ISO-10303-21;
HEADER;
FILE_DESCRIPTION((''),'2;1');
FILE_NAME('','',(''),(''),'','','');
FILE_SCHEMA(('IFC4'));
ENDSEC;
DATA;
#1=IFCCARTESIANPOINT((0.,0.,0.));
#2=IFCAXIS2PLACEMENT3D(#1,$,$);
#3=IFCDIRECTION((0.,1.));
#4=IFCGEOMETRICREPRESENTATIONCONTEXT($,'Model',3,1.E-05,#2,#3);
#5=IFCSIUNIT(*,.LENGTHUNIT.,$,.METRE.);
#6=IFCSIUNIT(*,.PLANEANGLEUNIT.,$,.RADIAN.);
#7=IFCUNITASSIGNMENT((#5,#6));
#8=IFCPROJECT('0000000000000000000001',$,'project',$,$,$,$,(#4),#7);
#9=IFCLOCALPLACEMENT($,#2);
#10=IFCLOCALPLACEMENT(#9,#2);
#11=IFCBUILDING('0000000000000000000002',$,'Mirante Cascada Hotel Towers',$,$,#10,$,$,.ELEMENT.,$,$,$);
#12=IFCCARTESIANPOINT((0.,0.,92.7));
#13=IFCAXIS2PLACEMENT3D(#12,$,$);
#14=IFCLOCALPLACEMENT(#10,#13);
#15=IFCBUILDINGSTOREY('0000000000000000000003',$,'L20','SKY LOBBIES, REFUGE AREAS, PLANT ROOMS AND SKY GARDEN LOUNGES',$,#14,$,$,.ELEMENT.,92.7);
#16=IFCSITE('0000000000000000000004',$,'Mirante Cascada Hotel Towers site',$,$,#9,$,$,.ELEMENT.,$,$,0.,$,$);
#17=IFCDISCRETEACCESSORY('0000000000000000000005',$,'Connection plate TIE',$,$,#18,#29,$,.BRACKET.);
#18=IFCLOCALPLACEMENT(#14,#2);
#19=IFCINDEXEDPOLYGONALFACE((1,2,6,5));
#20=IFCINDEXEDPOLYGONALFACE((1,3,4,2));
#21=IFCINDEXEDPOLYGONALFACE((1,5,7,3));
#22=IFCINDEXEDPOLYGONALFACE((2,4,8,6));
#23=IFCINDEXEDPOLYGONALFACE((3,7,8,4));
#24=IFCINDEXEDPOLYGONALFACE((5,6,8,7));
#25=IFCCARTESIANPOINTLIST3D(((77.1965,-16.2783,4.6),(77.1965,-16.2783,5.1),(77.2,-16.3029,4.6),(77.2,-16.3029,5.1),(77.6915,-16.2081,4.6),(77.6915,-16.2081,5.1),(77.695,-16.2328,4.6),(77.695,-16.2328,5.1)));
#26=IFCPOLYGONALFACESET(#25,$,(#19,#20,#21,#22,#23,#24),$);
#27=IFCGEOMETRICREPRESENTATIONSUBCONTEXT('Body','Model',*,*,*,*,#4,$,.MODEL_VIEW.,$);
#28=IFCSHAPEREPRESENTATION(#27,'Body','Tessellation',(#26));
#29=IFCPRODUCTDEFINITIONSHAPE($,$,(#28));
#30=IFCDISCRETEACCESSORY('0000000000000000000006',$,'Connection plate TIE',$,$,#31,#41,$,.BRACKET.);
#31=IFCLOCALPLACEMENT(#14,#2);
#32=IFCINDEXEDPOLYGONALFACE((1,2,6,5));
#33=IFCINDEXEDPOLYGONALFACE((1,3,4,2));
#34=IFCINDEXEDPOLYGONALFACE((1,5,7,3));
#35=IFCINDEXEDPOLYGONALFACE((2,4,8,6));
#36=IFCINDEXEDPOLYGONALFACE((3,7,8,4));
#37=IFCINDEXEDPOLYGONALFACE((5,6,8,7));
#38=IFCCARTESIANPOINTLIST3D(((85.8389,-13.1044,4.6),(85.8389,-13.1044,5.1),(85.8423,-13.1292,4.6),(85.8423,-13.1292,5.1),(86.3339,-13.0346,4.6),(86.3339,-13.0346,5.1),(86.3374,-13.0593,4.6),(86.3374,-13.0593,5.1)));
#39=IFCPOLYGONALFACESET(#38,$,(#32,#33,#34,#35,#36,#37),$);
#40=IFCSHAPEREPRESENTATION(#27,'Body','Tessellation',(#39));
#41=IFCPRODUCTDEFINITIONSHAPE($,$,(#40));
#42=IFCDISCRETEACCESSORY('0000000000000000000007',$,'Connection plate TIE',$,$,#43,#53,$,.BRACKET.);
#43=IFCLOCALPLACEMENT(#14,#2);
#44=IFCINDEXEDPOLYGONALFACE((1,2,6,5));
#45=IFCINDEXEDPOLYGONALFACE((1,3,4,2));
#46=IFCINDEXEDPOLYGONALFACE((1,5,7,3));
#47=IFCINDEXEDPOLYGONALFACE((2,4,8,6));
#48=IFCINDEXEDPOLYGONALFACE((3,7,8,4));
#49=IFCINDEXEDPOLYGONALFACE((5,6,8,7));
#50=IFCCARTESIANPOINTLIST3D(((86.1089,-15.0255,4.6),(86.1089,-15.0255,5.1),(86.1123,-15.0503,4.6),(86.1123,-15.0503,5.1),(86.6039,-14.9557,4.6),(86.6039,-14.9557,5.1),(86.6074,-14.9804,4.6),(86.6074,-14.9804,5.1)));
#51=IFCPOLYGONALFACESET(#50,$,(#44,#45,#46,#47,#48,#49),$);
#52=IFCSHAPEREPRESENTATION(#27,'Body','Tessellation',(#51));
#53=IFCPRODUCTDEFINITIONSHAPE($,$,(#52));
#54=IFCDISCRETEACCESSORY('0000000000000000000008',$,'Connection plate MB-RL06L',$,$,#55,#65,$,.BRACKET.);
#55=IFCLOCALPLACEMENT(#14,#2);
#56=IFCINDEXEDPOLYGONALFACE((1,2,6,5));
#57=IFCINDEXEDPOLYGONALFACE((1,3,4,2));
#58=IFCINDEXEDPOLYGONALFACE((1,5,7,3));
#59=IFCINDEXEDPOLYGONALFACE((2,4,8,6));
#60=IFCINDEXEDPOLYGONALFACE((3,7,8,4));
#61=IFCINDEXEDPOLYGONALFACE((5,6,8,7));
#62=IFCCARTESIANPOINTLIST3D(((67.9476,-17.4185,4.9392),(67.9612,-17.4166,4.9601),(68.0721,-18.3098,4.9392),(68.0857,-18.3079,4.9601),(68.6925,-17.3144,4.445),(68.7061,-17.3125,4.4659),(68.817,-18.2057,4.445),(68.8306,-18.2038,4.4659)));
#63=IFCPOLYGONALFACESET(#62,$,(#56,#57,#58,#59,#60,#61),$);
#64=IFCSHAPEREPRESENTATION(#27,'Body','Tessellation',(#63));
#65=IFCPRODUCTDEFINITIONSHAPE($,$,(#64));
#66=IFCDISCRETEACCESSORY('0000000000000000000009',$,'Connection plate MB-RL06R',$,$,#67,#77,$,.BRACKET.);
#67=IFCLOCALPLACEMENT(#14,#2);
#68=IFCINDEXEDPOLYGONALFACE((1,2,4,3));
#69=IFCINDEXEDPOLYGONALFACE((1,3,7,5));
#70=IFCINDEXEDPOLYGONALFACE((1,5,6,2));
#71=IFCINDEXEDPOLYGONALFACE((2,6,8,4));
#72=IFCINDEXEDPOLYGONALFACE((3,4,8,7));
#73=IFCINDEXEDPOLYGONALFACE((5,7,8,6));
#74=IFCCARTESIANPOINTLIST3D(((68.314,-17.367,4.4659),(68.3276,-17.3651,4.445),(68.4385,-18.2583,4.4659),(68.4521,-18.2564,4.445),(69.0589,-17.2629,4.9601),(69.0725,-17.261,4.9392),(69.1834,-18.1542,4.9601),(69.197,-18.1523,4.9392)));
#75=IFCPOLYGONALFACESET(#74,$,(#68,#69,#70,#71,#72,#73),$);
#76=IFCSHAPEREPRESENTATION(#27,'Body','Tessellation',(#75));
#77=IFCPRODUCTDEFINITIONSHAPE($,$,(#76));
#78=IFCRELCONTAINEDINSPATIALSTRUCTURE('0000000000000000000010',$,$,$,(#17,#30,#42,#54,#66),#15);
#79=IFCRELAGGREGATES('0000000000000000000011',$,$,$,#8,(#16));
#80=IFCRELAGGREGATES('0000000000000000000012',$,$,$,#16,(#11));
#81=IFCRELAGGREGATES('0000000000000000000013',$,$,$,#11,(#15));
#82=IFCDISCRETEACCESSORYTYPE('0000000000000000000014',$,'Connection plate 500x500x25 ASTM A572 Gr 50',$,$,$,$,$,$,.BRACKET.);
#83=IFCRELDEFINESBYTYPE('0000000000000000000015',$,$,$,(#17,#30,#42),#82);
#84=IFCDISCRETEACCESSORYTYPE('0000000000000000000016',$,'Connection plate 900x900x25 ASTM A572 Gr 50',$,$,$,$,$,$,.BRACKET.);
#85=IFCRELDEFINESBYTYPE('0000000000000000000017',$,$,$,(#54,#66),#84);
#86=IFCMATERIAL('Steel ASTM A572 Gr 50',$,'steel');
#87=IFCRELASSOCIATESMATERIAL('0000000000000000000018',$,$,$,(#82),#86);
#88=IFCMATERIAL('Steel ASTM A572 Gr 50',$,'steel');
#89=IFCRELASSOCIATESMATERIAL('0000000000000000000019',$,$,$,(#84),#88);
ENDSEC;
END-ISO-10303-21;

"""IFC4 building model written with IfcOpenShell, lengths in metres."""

from ifc_helpers import new_model, si_unit, direction, frame, origin, origin_2d, place, context, subcontext, project, spatial, rectangle, extrude, material, material_profile, profile_set, type_object, element, save


model = new_model("IFC4")

# Units and contexts
model_context = context("Model", 3, precision=1e-05, world=origin(), true_north=direction((0.0, 1.0)))
body_context = subcontext(model_context, "Body", "Model", "MODEL_VIEW")
ifc_project = project(units=[si_unit("LENGTHUNIT", "METRE"), si_unit("PLANEANGLEUNIT", "RADIAN")], contexts=[model_context])

# Site, building, storey
site_placement = place(None, origin())
site = spatial("IfcSite", under=ifc_project, at=site_placement, Name="Mirante Cascada Hotel Towers site", CompositionType="ELEMENT", RefElevation=0.0)
building_placement = place(site_placement, origin())
building = spatial("IfcBuilding", under=site, at=building_placement, Name="Mirante Cascada Hotel Towers", CompositionType="ELEMENT")
storey_placement = place(building_placement, frame((0.0, 0.0, 92.7)))
storey = spatial("IfcBuildingStorey", under=building, at=storey_placement, Name="L20", Description="SKY LOBBIES, REFUGE AREAS, PLANT ROOMS AND SKY GARDEN LOUNGES", CompositionType="ELEMENT", Elevation=92.7)

# Discrete accessories
ifc_material_1 = material(Name="Steel ASTM A572 Gr 50", Category="steel")
ifc_material_profile_1 = material_profile(ifc_material_1, rectangle(XDim=0.5, YDim=0.5, at=origin_2d()), Name="Connection plate 500x500x25 ASTM A572 Gr 50")
ifc_profile_set_1 = profile_set([ifc_material_profile_1], Name="Steel ASTM A572 Gr 50")
discrete_accessory_type_1 = type_object("IfcDiscreteAccessoryType", Name="Connection plate 500x500x25 ASTM A572 Gr 50", PredefinedType="BRACKET", material=ifc_profile_set_1)
for number, where, z_axis, x_axis, name in (
    (1, (77.444, -16.2432, 4.85), (0.140299, -0.990109, 0.0), (0.990109, 0.140299, 0.0), "Connection plate TIE"),
):
    element("IfcDiscreteAccessory", number, at=place(storey_placement, frame(where, z_axis=z_axis, x_axis=x_axis)), inside=storey, type_object=discrete_accessory_type_1, Name=name, PredefinedType="BRACKET", context=body_context, shape_type="SweptSolid", body=[
        extrude(rectangle(XDim=0.5, YDim=0.5, at=origin_2d()), origin(), (0.0, 0.0, 1.0), 0.0249),
    ])
for number, where, z_axis, x_axis, name in (
    (2, (86.0864, -13.0695, 4.85), (0.139744, -0.990188, 0.0), (0.990188, 0.139744, 0.0), "Connection plate TIE"),
    (3, (86.3564, -14.9906, 4.85), (0.139744, -0.990188, 0.0), (0.990188, 0.139744, 0.0), "Connection plate TIE"),
):
    element("IfcDiscreteAccessory", number, at=place(storey_placement, frame(where, z_axis=z_axis, x_axis=x_axis)), inside=storey, type_object=discrete_accessory_type_1, Name=name, PredefinedType="BRACKET", context=body_context, shape_type="SweptSolid", body=[
        extrude(rectangle(XDim=0.5, YDim=0.5, at=origin_2d()), origin(), (0.0, 0.0, 1.0), 0.025),
    ])
ifc_material_2 = material(Name="Steel ASTM A572 Gr 50", Category="steel")
ifc_material_profile_2 = material_profile(ifc_material_2, rectangle(XDim=0.9, YDim=0.9, at=origin_2d()), Name="Connection plate 900x900x25 ASTM A572 Gr 50")
ifc_profile_set_2 = profile_set([ifc_material_profile_2], Name="Steel ASTM A572 Gr 50")
discrete_accessory_type_2 = type_object("IfcDiscreteAccessoryType", Name="Connection plate 900x900x25 ASTM A572 Gr 50", PredefinedType="BRACKET", material=ifc_profile_set_2)
for number, where, z_axis, x_axis, name in (
    (4, (68.3823, -17.8121, 4.6921), (0.543835, 0.075977, 0.835746), (-0.138362, 0.990382, 0.0), "Connection plate MB-RL06L"),
    (5, (68.7623, -17.7587, 4.6921), (-0.543835, -0.075977, 0.835746), (0.138362, -0.990382, 0.0), "Connection plate MB-RL06R"),
):
    element("IfcDiscreteAccessory", number, at=place(storey_placement, frame(where, z_axis=z_axis, x_axis=x_axis)), inside=storey, type_object=discrete_accessory_type_2, Name=name, PredefinedType="BRACKET", context=body_context, shape_type="SweptSolid", body=[
        extrude(rectangle(XDim=0.9, YDim=0.9, at=origin_2d()), origin(), (0.0, 0.0, 1.0), 0.025),
    ])

save(model, "model.ifc")
